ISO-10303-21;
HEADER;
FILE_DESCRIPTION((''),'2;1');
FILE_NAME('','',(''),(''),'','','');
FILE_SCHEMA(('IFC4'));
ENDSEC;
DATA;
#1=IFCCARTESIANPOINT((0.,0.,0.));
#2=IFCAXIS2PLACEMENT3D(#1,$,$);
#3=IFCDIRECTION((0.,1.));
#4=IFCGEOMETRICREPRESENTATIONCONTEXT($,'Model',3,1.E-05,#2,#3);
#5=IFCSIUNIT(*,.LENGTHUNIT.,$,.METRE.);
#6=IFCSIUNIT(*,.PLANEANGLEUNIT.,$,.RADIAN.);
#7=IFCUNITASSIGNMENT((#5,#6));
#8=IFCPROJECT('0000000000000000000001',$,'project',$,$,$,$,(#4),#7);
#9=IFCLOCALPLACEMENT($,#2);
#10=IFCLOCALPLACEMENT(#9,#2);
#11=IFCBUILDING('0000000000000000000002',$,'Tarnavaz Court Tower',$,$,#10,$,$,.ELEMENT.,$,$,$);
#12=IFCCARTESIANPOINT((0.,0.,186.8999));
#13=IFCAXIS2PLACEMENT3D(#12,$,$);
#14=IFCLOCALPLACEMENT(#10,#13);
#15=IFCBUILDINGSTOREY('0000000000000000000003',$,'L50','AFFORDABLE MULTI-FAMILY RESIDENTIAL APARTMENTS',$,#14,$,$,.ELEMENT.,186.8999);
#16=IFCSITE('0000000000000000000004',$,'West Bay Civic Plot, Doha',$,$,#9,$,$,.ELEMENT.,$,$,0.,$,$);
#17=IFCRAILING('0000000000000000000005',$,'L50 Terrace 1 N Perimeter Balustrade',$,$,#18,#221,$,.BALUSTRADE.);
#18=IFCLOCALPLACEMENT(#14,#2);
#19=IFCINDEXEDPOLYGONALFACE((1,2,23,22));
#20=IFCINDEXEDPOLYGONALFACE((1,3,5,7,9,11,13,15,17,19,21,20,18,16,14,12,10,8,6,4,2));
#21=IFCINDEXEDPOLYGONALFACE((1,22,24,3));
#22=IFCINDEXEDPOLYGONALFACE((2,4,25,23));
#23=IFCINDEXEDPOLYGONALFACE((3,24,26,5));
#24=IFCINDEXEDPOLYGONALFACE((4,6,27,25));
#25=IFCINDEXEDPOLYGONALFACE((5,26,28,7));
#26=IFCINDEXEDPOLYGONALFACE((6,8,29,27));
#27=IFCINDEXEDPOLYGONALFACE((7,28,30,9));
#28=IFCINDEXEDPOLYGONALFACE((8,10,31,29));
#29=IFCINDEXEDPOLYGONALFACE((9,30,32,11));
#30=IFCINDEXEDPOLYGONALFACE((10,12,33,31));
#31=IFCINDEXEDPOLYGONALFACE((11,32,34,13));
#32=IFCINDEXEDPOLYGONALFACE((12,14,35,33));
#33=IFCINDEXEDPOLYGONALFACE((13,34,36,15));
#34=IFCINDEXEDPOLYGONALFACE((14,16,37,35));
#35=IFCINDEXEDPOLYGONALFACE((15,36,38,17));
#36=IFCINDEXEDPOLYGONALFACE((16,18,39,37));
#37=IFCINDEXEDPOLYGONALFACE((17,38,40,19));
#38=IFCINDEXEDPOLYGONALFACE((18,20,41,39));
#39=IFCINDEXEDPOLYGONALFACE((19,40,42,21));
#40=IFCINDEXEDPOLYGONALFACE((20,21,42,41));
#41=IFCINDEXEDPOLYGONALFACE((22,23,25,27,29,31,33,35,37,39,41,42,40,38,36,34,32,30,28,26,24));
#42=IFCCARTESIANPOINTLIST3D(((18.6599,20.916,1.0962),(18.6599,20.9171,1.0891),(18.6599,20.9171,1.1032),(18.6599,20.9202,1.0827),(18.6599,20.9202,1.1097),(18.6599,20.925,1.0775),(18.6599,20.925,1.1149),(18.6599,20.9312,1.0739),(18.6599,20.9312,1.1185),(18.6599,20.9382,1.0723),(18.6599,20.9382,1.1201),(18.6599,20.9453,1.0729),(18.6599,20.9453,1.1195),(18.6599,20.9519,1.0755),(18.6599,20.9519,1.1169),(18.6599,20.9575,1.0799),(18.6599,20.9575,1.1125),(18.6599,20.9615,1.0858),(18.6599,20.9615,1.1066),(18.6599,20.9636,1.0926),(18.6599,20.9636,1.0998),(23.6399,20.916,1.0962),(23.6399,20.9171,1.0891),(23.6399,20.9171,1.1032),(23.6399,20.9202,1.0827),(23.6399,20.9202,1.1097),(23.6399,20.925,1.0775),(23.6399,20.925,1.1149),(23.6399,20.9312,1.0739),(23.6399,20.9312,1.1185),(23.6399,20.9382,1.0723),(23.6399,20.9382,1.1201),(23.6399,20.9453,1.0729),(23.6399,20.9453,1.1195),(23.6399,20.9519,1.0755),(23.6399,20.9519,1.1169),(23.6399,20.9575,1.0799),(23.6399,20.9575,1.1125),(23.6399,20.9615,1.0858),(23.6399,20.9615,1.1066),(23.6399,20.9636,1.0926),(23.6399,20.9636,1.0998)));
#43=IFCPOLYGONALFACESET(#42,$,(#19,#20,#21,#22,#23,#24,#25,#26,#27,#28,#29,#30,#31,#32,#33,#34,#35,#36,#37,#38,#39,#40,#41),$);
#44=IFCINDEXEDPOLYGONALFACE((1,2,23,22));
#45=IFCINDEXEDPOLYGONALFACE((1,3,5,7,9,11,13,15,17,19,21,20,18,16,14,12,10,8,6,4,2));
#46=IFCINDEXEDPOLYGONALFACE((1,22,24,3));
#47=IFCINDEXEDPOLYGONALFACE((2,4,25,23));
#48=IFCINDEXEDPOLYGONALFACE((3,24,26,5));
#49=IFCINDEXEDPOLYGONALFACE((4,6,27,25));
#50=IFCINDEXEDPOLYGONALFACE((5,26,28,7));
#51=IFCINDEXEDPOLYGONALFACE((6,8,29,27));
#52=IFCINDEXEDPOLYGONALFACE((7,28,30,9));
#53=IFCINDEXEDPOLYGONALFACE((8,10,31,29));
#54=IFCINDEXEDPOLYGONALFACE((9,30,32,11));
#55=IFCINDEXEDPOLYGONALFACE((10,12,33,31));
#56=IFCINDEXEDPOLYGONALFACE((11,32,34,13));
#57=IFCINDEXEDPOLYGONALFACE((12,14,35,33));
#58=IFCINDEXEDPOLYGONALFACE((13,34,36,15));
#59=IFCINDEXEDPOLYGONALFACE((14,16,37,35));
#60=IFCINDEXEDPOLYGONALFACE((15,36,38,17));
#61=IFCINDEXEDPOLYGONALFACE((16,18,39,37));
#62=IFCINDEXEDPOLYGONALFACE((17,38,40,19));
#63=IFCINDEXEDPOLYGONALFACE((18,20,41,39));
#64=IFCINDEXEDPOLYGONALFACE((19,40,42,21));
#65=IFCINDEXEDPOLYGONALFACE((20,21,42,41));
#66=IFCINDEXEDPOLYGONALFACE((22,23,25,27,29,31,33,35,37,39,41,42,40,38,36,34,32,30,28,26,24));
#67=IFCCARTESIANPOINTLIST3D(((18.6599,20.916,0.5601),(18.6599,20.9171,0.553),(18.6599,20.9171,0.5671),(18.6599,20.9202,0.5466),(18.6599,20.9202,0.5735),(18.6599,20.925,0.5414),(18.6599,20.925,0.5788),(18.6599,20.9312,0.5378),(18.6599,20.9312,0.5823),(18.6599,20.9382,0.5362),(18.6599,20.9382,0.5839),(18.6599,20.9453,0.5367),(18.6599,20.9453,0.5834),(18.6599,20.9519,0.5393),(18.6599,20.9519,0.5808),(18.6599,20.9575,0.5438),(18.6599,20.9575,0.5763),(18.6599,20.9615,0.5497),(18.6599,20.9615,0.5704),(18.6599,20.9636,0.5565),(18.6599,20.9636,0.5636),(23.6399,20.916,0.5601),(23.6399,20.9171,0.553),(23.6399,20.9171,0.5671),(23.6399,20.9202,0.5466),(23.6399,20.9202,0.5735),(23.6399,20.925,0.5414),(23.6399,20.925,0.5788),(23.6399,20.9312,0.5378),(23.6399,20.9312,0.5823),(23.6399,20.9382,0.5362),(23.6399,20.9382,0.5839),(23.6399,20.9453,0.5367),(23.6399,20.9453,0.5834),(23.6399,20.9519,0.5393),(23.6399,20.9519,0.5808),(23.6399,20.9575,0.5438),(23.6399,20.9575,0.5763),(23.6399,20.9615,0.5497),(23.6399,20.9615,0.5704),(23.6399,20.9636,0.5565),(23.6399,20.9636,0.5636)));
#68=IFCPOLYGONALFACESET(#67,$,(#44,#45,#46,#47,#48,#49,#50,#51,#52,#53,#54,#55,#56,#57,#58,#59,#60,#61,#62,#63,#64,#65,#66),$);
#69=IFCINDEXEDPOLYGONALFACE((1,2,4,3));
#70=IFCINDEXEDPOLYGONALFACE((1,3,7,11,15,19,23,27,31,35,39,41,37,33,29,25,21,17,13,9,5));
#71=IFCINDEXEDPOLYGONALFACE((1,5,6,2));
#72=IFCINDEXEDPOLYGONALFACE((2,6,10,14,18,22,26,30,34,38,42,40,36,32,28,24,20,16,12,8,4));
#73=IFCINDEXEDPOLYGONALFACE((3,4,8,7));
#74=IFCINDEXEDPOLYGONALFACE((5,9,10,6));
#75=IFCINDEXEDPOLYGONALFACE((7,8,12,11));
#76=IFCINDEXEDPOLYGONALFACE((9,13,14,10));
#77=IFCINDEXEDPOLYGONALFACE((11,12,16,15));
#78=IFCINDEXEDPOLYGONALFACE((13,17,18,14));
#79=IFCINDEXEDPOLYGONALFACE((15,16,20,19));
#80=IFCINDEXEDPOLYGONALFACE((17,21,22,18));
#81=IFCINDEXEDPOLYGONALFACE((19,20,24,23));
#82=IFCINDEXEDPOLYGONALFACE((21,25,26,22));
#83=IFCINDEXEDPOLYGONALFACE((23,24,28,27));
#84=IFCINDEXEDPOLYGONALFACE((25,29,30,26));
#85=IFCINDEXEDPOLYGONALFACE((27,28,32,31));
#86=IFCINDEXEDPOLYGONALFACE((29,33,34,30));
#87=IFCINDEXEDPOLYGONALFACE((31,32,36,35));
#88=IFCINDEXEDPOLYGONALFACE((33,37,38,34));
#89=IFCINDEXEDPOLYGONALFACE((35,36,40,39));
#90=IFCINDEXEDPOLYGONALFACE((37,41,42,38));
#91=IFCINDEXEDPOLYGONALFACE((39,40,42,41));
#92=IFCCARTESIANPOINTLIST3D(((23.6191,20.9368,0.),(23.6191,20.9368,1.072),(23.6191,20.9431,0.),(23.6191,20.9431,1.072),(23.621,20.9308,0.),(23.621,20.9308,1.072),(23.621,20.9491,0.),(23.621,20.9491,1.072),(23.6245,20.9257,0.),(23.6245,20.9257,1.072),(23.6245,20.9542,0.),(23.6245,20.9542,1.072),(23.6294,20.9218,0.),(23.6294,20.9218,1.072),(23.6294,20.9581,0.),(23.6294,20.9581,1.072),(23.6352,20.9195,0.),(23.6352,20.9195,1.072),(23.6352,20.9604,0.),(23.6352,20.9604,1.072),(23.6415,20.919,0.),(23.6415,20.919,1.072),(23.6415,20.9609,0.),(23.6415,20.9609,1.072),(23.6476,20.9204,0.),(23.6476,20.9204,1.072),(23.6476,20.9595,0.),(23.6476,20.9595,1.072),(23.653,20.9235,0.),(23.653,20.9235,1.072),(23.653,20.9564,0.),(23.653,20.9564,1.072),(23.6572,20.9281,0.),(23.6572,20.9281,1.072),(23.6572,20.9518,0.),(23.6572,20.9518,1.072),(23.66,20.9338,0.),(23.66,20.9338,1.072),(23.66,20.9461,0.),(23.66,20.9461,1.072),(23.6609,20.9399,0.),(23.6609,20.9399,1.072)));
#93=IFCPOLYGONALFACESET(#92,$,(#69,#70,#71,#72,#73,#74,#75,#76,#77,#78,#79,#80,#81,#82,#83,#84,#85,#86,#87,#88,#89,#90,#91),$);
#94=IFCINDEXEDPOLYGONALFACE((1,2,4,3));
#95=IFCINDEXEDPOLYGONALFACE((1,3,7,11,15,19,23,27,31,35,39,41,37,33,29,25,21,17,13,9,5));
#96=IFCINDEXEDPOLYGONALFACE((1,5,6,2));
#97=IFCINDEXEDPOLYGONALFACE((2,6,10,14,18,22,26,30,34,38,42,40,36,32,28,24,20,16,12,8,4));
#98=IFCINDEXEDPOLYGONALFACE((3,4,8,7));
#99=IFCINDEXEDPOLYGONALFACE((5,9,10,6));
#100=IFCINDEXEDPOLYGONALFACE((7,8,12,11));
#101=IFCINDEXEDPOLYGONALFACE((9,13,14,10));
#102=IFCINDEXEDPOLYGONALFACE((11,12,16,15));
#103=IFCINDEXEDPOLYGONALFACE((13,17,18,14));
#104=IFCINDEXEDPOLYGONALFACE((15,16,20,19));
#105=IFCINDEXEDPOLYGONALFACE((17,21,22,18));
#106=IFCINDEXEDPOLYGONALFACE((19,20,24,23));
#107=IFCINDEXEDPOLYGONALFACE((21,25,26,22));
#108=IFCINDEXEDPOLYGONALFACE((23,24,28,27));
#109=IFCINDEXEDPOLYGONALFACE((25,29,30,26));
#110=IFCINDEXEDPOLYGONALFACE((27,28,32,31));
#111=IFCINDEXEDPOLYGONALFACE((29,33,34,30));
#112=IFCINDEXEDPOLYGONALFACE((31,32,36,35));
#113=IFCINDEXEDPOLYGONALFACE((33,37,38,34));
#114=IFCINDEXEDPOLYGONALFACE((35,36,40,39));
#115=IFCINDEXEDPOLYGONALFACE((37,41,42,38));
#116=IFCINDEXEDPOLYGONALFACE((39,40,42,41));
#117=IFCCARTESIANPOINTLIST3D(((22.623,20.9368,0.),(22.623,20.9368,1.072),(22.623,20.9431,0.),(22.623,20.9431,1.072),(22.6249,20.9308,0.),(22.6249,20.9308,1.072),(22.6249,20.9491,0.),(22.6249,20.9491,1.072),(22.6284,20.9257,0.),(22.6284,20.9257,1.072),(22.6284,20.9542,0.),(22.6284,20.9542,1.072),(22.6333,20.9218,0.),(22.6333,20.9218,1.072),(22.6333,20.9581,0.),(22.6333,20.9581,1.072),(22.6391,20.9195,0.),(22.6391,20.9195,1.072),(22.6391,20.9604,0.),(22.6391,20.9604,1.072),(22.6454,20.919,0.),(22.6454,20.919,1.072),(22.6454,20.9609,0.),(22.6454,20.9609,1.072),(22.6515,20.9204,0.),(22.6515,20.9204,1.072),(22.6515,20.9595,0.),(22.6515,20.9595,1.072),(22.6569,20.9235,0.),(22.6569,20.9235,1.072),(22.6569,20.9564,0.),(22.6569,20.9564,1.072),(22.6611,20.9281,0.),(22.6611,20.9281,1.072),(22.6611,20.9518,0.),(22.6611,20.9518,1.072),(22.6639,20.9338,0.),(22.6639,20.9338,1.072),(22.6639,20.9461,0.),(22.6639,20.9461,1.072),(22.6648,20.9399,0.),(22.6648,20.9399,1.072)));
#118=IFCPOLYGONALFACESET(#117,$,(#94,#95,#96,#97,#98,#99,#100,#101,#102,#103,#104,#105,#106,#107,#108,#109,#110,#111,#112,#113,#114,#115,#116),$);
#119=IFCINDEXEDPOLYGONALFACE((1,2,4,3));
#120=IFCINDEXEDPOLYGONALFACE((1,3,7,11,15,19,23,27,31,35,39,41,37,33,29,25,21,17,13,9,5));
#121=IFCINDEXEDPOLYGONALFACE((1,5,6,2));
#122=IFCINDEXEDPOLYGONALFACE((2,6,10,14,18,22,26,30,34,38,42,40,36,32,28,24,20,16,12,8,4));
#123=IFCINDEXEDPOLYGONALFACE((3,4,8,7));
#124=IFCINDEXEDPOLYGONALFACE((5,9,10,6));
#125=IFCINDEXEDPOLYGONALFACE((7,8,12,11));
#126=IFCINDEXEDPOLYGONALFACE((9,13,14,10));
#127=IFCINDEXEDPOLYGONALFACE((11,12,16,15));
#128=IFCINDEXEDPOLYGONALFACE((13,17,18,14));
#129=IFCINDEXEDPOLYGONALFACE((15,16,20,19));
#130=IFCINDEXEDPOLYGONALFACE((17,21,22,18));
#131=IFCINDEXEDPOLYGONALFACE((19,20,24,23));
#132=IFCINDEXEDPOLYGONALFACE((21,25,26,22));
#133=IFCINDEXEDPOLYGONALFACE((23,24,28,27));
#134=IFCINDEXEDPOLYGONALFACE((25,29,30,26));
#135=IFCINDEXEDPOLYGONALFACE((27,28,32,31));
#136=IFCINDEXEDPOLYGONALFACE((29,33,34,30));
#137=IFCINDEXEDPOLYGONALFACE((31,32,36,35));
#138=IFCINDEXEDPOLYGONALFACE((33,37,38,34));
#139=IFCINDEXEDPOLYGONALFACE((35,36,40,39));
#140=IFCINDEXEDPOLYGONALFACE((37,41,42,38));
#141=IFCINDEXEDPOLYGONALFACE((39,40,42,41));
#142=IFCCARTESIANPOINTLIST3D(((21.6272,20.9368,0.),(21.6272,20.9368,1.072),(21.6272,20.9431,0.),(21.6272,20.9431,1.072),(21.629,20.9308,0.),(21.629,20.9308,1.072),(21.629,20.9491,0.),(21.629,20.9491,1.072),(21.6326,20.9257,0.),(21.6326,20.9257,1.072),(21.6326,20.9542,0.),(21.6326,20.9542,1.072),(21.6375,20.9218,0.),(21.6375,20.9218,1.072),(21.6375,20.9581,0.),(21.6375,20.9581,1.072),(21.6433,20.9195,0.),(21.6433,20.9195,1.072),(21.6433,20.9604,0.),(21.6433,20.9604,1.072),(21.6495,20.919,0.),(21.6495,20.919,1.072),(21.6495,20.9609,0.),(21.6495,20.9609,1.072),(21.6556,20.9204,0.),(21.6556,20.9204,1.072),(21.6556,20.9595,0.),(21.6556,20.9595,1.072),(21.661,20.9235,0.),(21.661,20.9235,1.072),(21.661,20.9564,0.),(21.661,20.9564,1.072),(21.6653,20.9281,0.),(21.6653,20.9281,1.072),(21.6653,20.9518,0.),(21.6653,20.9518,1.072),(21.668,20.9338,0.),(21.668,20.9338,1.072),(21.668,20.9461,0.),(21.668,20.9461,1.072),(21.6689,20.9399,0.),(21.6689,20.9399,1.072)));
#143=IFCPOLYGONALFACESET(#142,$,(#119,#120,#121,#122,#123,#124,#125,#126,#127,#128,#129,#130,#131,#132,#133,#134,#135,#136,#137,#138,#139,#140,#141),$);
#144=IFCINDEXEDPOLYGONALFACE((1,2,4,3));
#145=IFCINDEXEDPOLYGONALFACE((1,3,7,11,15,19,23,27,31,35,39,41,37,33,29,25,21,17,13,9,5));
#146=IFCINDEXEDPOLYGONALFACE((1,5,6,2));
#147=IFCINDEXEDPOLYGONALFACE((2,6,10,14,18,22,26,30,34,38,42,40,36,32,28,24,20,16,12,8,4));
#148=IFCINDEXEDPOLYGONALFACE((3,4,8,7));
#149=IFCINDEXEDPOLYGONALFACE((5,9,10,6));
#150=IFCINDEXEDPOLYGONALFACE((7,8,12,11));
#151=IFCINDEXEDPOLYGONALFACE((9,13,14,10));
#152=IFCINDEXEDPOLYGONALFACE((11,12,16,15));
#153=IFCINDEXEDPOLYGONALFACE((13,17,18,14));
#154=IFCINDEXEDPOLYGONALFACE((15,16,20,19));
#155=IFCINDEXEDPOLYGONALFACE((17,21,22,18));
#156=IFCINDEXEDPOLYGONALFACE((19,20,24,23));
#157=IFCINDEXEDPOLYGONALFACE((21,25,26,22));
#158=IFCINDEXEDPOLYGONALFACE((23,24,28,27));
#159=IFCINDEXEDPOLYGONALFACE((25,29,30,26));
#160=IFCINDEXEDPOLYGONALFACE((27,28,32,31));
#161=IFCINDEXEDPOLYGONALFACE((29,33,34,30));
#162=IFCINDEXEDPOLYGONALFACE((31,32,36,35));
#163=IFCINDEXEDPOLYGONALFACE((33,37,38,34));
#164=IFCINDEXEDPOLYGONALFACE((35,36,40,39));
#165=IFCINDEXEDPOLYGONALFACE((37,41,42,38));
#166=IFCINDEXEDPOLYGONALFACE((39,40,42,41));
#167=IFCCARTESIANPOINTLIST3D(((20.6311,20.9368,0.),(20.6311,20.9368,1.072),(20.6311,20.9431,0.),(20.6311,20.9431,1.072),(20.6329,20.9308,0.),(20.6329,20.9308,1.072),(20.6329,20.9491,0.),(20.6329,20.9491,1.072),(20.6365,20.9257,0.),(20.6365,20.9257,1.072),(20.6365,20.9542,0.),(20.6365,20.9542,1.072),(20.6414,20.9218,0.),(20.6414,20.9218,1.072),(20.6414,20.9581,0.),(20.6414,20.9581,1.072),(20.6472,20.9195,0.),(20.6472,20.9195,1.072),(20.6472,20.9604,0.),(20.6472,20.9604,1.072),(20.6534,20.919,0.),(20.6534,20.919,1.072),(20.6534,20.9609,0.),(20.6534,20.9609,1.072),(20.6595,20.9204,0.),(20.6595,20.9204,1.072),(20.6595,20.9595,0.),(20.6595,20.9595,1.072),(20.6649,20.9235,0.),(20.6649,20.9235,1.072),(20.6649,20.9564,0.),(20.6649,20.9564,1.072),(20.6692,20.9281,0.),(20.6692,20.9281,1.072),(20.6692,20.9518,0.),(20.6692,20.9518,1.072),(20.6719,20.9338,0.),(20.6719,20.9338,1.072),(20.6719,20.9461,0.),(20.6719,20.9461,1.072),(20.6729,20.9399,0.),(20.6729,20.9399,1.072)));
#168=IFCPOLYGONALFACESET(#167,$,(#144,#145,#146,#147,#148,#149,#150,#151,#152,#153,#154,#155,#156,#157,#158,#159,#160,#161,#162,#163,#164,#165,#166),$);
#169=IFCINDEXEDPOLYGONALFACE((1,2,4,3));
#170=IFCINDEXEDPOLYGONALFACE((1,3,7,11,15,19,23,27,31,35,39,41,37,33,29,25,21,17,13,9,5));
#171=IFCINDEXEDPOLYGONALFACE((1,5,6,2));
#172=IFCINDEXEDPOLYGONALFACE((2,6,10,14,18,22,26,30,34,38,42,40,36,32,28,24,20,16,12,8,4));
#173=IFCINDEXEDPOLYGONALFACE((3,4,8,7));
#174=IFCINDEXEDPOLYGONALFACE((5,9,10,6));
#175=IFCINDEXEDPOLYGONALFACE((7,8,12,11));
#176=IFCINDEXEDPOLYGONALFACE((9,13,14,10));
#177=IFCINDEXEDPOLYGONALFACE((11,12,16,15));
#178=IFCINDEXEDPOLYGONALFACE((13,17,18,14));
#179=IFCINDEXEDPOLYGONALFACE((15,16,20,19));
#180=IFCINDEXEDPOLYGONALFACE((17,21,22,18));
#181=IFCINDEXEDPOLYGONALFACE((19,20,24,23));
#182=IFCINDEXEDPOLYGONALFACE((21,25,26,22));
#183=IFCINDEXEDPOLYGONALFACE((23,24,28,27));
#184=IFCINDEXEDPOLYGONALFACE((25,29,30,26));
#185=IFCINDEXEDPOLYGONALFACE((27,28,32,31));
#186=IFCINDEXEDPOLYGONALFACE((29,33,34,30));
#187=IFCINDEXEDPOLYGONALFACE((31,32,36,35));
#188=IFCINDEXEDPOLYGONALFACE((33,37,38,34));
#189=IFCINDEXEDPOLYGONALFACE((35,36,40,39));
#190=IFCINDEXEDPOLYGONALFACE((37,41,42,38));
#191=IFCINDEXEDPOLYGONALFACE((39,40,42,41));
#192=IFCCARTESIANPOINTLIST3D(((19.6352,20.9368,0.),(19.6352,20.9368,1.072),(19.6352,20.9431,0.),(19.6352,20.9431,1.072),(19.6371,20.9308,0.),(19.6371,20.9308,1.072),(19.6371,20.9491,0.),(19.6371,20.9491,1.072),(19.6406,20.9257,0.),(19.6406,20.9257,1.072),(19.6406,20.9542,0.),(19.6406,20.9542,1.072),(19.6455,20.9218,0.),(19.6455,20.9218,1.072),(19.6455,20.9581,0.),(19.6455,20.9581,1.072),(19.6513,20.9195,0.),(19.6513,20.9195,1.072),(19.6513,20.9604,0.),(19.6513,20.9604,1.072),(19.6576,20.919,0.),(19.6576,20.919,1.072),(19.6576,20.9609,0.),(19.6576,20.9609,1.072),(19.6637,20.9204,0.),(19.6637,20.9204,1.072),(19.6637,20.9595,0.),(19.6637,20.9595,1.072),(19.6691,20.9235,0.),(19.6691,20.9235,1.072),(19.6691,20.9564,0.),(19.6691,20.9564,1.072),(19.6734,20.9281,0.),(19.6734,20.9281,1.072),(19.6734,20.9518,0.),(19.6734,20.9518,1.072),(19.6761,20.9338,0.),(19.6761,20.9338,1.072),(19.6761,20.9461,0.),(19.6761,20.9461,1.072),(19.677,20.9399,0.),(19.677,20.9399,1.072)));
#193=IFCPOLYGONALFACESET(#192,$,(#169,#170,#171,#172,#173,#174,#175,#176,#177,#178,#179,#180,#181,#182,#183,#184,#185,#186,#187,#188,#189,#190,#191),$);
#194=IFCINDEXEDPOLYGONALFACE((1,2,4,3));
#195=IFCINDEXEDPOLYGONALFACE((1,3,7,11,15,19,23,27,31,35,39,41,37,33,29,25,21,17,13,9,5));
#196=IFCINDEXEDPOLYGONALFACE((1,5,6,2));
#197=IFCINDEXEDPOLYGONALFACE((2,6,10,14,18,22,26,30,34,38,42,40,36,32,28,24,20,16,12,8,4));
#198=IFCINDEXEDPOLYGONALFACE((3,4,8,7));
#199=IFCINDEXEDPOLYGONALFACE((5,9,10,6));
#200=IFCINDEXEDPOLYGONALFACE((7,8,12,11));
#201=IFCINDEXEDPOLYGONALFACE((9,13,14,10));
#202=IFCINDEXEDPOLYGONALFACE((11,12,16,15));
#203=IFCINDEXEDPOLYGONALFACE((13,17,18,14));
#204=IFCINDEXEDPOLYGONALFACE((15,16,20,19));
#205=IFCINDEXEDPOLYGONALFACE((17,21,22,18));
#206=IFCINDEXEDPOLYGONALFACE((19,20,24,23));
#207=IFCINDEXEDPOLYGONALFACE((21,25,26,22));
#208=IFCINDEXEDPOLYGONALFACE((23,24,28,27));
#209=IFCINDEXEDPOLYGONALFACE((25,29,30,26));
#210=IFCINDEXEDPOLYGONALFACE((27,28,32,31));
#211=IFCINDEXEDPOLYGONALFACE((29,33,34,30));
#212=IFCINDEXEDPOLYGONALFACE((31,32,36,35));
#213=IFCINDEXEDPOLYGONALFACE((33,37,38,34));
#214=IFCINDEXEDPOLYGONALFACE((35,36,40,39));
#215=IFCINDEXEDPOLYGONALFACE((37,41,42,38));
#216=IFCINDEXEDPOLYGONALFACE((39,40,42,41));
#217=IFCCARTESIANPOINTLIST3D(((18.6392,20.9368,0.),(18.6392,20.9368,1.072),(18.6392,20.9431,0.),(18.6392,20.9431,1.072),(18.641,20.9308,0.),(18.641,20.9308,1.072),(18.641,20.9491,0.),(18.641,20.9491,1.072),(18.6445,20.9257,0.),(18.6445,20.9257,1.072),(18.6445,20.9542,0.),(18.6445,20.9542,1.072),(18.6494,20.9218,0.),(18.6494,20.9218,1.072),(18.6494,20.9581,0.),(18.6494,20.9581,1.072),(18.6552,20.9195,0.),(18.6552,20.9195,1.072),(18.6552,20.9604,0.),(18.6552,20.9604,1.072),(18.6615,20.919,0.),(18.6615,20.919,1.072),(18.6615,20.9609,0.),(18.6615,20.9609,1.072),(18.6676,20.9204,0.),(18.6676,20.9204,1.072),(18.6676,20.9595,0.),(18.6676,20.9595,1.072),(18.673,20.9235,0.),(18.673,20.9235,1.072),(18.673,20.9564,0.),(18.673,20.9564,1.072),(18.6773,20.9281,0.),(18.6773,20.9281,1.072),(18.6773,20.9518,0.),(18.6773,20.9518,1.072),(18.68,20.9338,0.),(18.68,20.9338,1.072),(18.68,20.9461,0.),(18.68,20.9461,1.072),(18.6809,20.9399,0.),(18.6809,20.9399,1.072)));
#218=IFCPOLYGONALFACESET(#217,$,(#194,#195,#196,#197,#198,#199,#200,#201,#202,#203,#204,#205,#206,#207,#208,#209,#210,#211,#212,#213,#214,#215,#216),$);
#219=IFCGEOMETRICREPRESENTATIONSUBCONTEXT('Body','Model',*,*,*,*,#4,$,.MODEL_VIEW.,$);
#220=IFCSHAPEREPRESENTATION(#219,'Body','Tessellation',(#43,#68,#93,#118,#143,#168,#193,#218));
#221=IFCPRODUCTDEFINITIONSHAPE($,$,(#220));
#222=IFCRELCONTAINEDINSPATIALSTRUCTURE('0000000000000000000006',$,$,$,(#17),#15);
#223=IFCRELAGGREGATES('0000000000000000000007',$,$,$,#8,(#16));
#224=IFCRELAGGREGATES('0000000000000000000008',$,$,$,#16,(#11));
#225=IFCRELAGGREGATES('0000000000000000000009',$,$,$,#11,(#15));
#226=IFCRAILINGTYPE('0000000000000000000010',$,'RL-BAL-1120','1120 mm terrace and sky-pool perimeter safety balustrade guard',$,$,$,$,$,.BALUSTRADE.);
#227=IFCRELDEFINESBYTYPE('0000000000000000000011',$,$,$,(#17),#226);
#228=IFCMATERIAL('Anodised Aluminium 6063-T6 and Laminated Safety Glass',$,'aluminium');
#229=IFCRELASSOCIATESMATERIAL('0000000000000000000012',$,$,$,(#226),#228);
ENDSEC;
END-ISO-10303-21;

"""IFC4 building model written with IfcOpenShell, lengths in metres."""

from ifc_helpers import new_model, si_unit, direction, frame, origin, origin_2d, place, context, subcontext, project, spatial, circle, extrude, material, type_object, element, save


model = new_model("IFC4")

# Units and contexts
model_context = context("Model", 3, precision=1e-05, world=origin(), true_north=direction((0.0, 1.0)))
body_context = subcontext(model_context, "Body", "Model", "MODEL_VIEW")
ifc_project = project(units=[si_unit("LENGTHUNIT", "METRE"), si_unit("PLANEANGLEUNIT", "RADIAN")], contexts=[model_context])

# Site, building, storey
site_placement = place(None, origin())
site = spatial("IfcSite", under=ifc_project, at=site_placement, Name="West Bay Civic Plot, Doha", CompositionType="ELEMENT", RefElevation=0.0)
building_placement = place(site_placement, origin())
building = spatial("IfcBuilding", under=site, at=building_placement, Name="Tarnavaz Court Tower", CompositionType="ELEMENT")
storey_placement = place(building_placement, frame((0.0, 0.0, 186.8999)))
storey = spatial("IfcBuildingStorey", under=building, at=storey_placement, Name="L50", Description="AFFORDABLE MULTI-FAMILY RESIDENTIAL APARTMENTS", CompositionType="ELEMENT", Elevation=186.8999)

# Railing
ifc_material_1 = material(Name="Anodised Aluminium 6063-T6 and Laminated Safety Glass", Category="aluminium")
railing_type_1 = type_object("IfcRailingType", Name="RL-BAL-1120", Description="1120 mm terrace and sky-pool perimeter safety balustrade guard", PredefinedType="BALUSTRADE", material=ifc_material_1)
railing_1_placement = place(storey_placement, frame((23.6399, 20.9399, 0.0)))
element("IfcRailing", 1, at=railing_1_placement, inside=storey, type_object=railing_type_1, Name="L50 Terrace 1 N Perimeter Balustrade", PredefinedType="BALUSTRADE", context=body_context, shape_type="SweptSolid", body=[
    extrude(circle(Radius=0.0239, at=origin_2d()), frame((0.0, 0.0, 1.0962), z_axis=(-1.0, 0.0, 0.0), x_axis=(0.0, -1.0, 0.0)), (0.0, 0.0, 1.0), 4.98),
    extrude(circle(Radius=0.0239, at=origin_2d()), frame((0.0, 0.0, 0.5601), z_axis=(-1.0, 0.0, 0.0), x_axis=(0.0, -1.0, 0.0)), (0.0, 0.0, 1.0), 4.98),
    extrude(circle(Radius=0.021, at=origin_2d()), origin(), (0.0, 0.0, 1.0), 1.072),
    extrude(circle(Radius=0.021, at=origin_2d()), frame((-0.9961, 0.0, 0.0)), (0.0, 0.0, 1.0), 1.072),
    extrude(circle(Radius=0.021, at=origin_2d()), frame((-1.9919, 0.0, 0.0)), (0.0, 0.0, 1.0), 1.072),
    extrude(circle(Radius=0.021, at=origin_2d()), frame((-2.988, 0.0, 0.0)), (0.0, 0.0, 1.0), 1.072),
    extrude(circle(Radius=0.021, at=origin_2d()), frame((-3.9839, 0.0, 0.0)), (0.0, 0.0, 1.0), 1.072),
    extrude(circle(Radius=0.021, at=origin_2d()), frame((-4.98, 0.0, 0.0)), (0.0, 0.0, 1.0), 1.072),
])

save(model, "model.ifc")
